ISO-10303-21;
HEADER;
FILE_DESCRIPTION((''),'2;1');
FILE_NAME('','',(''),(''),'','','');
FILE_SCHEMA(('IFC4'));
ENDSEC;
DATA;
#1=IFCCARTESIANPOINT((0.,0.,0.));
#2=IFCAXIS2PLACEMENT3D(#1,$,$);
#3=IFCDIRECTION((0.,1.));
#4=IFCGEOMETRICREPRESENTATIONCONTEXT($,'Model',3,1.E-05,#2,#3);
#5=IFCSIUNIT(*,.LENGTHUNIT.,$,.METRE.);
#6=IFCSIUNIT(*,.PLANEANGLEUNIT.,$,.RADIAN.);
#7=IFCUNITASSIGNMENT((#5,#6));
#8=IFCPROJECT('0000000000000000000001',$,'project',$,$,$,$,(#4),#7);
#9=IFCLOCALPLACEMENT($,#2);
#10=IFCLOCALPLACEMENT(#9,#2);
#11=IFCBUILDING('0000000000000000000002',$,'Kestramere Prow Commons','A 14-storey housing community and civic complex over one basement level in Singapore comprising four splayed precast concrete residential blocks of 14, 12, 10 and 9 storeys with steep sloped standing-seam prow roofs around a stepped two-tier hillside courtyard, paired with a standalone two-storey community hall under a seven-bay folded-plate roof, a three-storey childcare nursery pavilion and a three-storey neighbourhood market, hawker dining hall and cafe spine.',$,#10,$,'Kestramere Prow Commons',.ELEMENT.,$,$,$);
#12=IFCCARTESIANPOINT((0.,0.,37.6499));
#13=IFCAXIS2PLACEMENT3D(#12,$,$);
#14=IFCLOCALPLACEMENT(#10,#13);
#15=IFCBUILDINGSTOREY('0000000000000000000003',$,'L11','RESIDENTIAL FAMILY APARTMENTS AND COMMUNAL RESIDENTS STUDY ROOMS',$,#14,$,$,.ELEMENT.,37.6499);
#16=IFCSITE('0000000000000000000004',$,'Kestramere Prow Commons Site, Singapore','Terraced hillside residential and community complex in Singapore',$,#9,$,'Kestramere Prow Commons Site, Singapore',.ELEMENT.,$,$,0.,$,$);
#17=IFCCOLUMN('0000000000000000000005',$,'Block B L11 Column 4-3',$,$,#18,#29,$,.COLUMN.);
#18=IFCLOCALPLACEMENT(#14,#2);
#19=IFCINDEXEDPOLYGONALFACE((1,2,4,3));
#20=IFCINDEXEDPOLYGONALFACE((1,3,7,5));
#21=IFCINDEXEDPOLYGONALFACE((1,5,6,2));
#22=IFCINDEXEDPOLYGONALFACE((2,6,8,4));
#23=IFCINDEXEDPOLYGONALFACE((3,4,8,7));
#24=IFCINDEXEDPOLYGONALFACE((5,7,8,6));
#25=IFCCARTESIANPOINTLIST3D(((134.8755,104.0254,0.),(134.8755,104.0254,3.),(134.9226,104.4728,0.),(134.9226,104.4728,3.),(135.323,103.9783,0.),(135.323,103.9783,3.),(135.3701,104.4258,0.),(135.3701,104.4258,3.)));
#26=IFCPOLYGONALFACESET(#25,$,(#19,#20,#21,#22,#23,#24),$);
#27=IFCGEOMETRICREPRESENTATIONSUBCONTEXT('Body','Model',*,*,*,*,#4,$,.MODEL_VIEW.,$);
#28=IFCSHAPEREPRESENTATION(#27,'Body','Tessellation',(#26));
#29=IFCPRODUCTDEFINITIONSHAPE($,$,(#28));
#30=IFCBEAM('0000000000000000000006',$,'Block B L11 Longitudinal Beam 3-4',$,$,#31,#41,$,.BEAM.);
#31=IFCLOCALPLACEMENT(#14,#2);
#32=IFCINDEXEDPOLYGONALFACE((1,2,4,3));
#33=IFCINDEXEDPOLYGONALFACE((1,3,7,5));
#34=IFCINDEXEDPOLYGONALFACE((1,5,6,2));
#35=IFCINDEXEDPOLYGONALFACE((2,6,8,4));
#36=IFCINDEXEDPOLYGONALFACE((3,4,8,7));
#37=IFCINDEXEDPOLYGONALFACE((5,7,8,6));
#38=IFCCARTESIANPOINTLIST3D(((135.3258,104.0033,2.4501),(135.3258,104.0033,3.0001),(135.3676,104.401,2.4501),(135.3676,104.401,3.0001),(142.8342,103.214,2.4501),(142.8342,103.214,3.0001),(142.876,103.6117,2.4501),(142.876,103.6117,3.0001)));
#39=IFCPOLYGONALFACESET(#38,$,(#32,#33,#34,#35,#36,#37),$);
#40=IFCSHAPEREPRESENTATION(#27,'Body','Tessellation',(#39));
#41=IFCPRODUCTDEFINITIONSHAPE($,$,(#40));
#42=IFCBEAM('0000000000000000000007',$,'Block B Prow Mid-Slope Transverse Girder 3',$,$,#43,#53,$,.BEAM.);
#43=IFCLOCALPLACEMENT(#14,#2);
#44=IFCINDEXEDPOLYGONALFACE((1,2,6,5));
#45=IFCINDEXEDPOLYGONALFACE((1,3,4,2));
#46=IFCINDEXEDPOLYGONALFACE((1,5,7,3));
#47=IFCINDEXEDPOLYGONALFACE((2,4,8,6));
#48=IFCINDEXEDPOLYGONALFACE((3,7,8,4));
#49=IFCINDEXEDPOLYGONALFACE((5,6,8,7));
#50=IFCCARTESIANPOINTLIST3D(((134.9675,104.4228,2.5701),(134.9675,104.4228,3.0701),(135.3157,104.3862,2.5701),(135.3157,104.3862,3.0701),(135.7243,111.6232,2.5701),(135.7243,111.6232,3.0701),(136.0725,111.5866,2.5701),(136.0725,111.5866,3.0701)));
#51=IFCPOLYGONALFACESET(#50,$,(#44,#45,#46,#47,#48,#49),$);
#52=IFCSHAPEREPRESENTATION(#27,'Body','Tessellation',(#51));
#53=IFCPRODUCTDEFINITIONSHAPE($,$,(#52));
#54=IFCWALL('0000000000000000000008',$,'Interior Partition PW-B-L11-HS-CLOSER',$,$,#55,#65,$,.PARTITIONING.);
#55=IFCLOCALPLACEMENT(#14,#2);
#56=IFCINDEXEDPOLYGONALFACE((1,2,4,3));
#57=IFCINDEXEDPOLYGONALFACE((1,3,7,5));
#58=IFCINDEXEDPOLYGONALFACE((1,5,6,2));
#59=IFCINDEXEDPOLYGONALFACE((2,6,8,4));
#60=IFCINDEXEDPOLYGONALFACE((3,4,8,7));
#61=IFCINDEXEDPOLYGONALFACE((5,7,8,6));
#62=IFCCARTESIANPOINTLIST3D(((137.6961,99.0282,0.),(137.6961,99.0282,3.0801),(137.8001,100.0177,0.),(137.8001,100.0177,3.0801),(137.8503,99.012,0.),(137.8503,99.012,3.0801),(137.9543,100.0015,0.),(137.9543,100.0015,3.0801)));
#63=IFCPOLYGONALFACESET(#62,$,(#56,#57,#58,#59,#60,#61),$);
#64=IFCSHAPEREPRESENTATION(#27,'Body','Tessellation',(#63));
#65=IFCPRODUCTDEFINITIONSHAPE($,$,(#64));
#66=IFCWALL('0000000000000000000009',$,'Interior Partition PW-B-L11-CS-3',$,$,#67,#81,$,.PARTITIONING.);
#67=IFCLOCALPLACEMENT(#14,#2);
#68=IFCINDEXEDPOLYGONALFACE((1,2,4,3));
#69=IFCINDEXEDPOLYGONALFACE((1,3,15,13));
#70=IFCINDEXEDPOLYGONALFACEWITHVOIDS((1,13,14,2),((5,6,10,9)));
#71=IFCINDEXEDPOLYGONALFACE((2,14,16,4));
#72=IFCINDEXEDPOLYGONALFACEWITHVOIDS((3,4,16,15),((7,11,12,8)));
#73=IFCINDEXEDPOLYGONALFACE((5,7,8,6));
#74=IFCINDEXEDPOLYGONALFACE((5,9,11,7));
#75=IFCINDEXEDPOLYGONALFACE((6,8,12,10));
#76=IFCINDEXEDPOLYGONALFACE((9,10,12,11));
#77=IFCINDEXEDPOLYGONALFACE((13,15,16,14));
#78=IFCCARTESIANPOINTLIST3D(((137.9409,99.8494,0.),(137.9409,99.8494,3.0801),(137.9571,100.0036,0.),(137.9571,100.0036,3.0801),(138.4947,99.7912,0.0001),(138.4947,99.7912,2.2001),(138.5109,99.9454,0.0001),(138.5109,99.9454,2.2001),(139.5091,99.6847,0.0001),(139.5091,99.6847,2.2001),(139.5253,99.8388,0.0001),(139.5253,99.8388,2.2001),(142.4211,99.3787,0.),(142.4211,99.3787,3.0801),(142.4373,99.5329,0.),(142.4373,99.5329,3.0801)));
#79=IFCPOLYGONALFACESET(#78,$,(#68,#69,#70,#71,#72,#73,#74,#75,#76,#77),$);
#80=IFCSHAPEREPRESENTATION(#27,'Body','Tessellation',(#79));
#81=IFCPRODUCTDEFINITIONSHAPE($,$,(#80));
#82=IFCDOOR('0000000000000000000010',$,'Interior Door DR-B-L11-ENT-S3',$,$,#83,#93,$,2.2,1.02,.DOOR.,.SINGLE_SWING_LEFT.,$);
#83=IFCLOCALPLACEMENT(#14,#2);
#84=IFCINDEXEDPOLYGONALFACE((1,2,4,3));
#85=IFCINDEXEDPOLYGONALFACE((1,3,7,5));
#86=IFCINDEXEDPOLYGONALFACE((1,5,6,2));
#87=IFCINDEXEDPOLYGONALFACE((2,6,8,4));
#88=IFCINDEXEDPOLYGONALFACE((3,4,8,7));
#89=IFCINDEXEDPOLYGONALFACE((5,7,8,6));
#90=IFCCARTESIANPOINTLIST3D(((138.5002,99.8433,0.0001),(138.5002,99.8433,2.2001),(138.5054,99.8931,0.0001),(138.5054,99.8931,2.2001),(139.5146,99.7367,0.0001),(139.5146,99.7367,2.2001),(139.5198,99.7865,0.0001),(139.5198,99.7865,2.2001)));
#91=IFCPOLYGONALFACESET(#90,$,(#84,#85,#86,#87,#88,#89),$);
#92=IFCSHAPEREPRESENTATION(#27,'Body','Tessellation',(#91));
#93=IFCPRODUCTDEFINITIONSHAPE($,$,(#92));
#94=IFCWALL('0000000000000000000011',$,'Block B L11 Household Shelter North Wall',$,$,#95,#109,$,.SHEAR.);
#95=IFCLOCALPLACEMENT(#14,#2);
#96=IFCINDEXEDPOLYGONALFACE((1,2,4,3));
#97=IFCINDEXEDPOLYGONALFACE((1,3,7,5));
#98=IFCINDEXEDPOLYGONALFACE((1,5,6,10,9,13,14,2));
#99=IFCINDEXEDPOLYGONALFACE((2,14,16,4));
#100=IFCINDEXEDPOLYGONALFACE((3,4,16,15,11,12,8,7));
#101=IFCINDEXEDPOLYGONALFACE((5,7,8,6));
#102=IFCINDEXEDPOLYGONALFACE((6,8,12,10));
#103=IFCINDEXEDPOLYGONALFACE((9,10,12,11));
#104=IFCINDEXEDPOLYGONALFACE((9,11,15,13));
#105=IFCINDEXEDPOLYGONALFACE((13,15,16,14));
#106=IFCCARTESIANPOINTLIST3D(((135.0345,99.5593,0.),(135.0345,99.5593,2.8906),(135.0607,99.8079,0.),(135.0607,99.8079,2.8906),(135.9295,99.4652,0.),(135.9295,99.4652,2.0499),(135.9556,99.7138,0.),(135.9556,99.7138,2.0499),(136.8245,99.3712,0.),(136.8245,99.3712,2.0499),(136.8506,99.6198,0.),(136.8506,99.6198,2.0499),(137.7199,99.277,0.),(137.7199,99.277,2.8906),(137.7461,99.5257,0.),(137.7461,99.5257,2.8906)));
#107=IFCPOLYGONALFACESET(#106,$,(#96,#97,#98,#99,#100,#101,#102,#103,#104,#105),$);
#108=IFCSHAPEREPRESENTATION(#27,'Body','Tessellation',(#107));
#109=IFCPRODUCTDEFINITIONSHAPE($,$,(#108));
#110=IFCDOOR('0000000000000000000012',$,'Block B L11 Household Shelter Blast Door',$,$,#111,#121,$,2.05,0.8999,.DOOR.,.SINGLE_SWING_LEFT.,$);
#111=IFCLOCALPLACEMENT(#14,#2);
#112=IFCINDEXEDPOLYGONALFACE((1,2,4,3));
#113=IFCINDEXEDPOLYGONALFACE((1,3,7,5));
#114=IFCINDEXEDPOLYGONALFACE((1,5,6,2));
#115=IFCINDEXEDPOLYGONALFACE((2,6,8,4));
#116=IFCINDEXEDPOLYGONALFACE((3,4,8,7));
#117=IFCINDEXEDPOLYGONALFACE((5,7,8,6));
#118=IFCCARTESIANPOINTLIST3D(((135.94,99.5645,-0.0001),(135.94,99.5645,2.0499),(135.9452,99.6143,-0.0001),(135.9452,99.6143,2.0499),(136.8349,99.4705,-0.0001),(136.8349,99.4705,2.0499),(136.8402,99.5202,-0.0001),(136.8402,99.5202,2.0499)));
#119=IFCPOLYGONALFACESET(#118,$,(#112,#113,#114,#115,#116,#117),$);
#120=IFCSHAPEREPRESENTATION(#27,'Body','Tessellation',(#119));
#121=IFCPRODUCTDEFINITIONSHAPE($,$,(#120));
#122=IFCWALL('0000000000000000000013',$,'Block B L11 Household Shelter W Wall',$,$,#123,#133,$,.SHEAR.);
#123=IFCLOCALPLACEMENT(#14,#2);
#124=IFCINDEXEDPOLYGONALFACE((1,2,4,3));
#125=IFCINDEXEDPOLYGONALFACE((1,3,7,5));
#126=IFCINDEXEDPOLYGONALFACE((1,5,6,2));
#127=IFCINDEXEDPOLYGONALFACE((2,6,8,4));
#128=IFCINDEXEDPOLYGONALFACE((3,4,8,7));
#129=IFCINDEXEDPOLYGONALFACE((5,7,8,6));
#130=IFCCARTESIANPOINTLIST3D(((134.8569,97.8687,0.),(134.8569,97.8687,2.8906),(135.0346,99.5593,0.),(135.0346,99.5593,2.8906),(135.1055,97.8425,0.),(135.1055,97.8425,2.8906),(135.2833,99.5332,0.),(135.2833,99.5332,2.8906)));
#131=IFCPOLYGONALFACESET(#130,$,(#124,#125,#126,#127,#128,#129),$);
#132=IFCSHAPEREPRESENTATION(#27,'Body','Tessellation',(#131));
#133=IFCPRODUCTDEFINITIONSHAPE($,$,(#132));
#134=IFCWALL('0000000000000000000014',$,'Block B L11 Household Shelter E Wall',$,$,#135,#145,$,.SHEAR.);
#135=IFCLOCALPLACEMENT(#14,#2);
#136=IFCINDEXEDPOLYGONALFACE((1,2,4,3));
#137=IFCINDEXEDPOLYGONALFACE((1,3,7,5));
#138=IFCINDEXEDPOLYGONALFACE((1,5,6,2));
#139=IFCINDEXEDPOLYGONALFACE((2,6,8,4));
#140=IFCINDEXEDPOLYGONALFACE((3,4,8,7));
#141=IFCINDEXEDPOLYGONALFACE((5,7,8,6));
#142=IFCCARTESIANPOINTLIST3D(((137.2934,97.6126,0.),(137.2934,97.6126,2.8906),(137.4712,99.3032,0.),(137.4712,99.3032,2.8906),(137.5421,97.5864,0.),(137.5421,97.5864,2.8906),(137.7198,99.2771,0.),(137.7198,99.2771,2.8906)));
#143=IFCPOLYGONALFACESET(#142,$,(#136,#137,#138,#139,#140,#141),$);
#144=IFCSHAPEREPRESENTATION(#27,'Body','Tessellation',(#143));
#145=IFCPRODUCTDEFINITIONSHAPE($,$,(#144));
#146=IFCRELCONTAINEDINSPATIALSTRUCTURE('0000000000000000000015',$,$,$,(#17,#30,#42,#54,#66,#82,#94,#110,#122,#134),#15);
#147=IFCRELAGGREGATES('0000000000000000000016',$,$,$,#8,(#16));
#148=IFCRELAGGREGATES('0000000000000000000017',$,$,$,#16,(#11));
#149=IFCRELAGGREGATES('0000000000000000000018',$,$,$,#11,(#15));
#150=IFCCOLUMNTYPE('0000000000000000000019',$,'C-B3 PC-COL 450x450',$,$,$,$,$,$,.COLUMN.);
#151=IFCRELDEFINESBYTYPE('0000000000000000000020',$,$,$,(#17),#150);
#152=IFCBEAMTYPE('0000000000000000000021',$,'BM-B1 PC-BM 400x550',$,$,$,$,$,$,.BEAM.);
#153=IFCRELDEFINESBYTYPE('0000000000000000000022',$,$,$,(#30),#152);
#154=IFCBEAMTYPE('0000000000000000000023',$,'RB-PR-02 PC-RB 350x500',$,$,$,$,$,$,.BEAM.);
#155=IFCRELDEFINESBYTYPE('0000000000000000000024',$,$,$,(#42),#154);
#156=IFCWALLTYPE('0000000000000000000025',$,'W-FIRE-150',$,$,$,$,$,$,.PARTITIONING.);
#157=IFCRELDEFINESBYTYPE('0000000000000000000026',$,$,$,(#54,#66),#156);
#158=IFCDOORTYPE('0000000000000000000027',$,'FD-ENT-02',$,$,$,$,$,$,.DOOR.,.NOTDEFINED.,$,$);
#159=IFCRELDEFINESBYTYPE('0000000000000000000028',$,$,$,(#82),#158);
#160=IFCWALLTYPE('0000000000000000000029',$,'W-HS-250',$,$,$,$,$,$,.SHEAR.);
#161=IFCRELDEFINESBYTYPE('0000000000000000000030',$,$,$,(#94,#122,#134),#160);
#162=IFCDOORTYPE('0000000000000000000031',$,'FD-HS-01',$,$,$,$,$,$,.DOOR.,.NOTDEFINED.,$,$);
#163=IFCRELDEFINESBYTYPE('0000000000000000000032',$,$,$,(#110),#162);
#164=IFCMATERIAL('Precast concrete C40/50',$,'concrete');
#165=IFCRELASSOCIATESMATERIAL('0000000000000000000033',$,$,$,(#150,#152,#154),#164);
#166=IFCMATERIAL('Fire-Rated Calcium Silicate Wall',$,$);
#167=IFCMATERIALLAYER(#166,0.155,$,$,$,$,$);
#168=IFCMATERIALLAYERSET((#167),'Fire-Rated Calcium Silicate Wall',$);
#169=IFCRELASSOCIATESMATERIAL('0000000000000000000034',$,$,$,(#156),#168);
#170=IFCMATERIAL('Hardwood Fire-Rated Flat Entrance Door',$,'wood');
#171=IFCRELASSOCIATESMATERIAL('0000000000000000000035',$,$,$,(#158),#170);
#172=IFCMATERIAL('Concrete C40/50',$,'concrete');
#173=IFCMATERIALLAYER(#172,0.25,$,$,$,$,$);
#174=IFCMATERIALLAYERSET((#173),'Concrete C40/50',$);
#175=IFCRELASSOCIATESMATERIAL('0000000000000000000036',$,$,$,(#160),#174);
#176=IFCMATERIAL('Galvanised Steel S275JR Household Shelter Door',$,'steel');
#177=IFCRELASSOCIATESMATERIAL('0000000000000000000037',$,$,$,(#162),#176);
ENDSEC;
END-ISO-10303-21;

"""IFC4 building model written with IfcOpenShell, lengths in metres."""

from ifc_helpers import new_model, si_unit, direction, frame, frame_2d, origin, origin_2d, place, context, subcontext, project, spatial, rectangle, extrude, material, layer, layer_set, material_profile, profile_set, type_object, element, fill, save


model = new_model("IFC4")

# Units and contexts
model_context = context("Model", 3, precision=1e-05, world=origin(), true_north=direction((0.0, 1.0)))
body_context = subcontext(model_context, "Body", "Model", "MODEL_VIEW")
ifc_project = project(units=[si_unit("LENGTHUNIT", "METRE"), si_unit("PLANEANGLEUNIT", "RADIAN")], contexts=[model_context])

# Site, building, storey
site_placement = place(None, origin())
site = spatial("IfcSite", under=ifc_project, at=site_placement, Name="Kestramere Prow Commons Site, Singapore", Description="Terraced hillside residential and community complex in Singapore", LongName="Kestramere Prow Commons Site, Singapore", CompositionType="ELEMENT", RefElevation=0.0)
building_placement = place(site_placement, origin())
building = spatial("IfcBuilding", under=site, at=building_placement, Name="Kestramere Prow Commons", Description="A 14-storey housing community and civic complex over one basement level in Singapore comprising four splayed precast concrete residential blocks of 14, 12, 10 and 9 storeys with steep sloped standing-seam prow roofs around a stepped two-tier hillside courtyard, paired with a standalone two-storey community hall under a seven-bay folded-plate roof, a three-storey childcare nursery pavilion and a three-storey neighbourhood market, hawker dining hall and cafe spine.", LongName="Kestramere Prow Commons", CompositionType="ELEMENT")
storey_placement = place(building_placement, frame((0.0, 0.0, 37.6499)))
storey = spatial("IfcBuildingStorey", under=building, at=storey_placement, Name="L11", Description="RESIDENTIAL FAMILY APARTMENTS AND COMMUNAL RESIDENTS STUDY ROOMS", CompositionType="ELEMENT", Elevation=37.6499)

# Column
ifc_material_1 = material(Name="Precast concrete C40/50", Category="concrete")
ifc_material_profile_1 = material_profile(ifc_material_1, rectangle(XDim=0.45, YDim=0.45, at=origin_2d()), Name="PC-COL 450x450")
ifc_profile_set_1 = profile_set([ifc_material_profile_1], Name="Precast concrete C40/50")
column_type = type_object("IfcColumnType", Name="C-B3 PC-COL 450x450", PredefinedType="COLUMN", material=ifc_profile_set_1)
column_placement = place(storey_placement, frame((135.1228, 104.2256, 0.0), z_axis=(0.0, 0.0, 1.0), x_axis=(0.994522, -0.104528, 0.0)))
element("IfcColumn", 1, at=column_placement, inside=storey, type_object=column_type, Name="Block B L11 Column 4-3", PredefinedType="COLUMN", context=body_context, shape_type="SweptSolid", body=[
    extrude(rectangle(XDim=0.45, YDim=0.45, at=origin_2d()), origin(), (0.0, 0.0, 1.0), 3.0),
])

# Beams
ifc_material_profile_2 = material_profile(ifc_material_1, rectangle(XDim=0.3999, YDim=0.55, at=origin_2d()), Name="PC-BM 400x550")
ifc_profile_set_2 = profile_set([ifc_material_profile_2], Name="Precast concrete C40/50")
beam_type_1 = type_object("IfcBeamType", Name="BM-B1 PC-BM 400x550", PredefinedType="BEAM", material=ifc_profile_set_2)
beam_1_placement = place(storey_placement, frame((135.3467, 104.2021, 2.7251), z_axis=(0.99452, -0.104545, 0.0), x_axis=(0.104545, 0.99452, 0.0)))
element("IfcBeam", 2, at=beam_1_placement, inside=storey, type_object=beam_type_1, Name="Block B L11 Longitudinal Beam 3-4", PredefinedType="BEAM", context=body_context, shape_type="SweptSolid", body=[
    extrude(rectangle(XDim=0.3999, YDim=0.55, at=origin_2d()), origin(), (0.0, 0.0, 1.0), 7.5498),
])
ifc_material_profile_3 = material_profile(ifc_material_1, rectangle(XDim=0.3501, YDim=0.5, at=origin_2d()), Name="PC-RB 350x500")
ifc_profile_set_3 = profile_set([ifc_material_profile_3], Name="Precast concrete C40/50")
beam_type_2 = type_object("IfcBeamType", Name="RB-PR-02 PC-RB 350x500", PredefinedType="BEAM", material=ifc_profile_set_3)
beam_2_placement = place(storey_placement, frame((135.1416, 104.4045, 2.8201), z_axis=(0.104534, 0.994521, 0.0), x_axis=(-0.994521, 0.104534, 0.0)))
element("IfcBeam", 3, at=beam_2_placement, inside=storey, type_object=beam_type_2, Name="Block B Prow Mid-Slope Transverse Girder 3", PredefinedType="BEAM", context=body_context, shape_type="SweptSolid", body=[
    extrude(rectangle(XDim=0.3501, YDim=0.5, at=origin_2d()), origin(), (0.0, 0.0, 1.0), 7.24),
])

# Shared definitions
ifc_material_2 = material(Name="Concrete C40/50", Category="concrete")

# Wall
ifc_material_3 = material(Name="Fire-Rated Calcium Silicate Wall")
ifc_layer_1 = layer(ifc_material_3, 0.155)
ifc_layer_set_1 = layer_set([ifc_layer_1], Name="Fire-Rated Calcium Silicate Wall")
wall_type_1 = type_object("IfcWallType", Name="W-FIRE-150", PredefinedType="PARTITIONING", material=ifc_layer_set_1)
wall_1_placement = place(storey_placement, frame((137.7732, 99.02, 0.0), z_axis=(0.0, 0.0, 1.0), x_axis=(0.104532, 0.994522, 0.0)))
element("IfcWall", 4, at=wall_1_placement, inside=storey, type_object=wall_type_1, Name="Interior Partition PW-B-L11-HS-CLOSER", PredefinedType="PARTITIONING", context=body_context, shape_type="SweptSolid", body=[
    extrude(rectangle(XDim=0.9949, YDim=0.155, at=frame_2d((0.4976, 0.0))), origin(), (0.0, 0.0, 1.0), 3.0801),
])

# Walls, openings, doors
wall_2_placement = place(storey_placement, frame((137.949, 99.9265, 0.0), z_axis=(0.0, 0.0, 1.0), x_axis=(0.994526, -0.104487, 0.0)))
wall_2 = element("IfcWall", 5, at=wall_2_placement, inside=storey, type_object=wall_type_1, Name="Interior Partition PW-B-L11-CS-3", PredefinedType="PARTITIONING", context=body_context, shape_type="SweptSolid", body=[
    extrude(rectangle(XDim=4.5049, YDim=0.155, at=frame_2d((2.2524, 0.0))), origin(), (0.0, 0.0, 1.0), 3.0801),
])
opening_1_placement = place(wall_2_placement, frame((0.5569, 0.0, 0.0)))
opening_1 = element("IfcOpeningElement", 6, at=opening_1_placement, cuts=wall_2, PredefinedType="OPENING", context=body_context, shape_type="SweptSolid", body=[
    extrude(rectangle(XDim=1.02, YDim=2.2, at=frame_2d((0.51, 1.1001))), frame((0.0, 0.0925, 0.0), z_axis=(0.0, -1.0, 0.0), x_axis=(1.0, 0.0, 0.0)), (0.0, 0.0, 1.0), 0.1851),
])
ifc_material_4 = material(Name="Hardwood Fire-Rated Flat Entrance Door", Category="wood")
door_type_1 = type_object("IfcDoorType", Name="FD-ENT-02", OperationType="NOTDEFINED", PredefinedType="DOOR", material=ifc_material_4)
door_1_placement = place(opening_1_placement, origin())
door_1 = element("IfcDoor", 7, at=door_1_placement, inside=storey, type_object=door_type_1, Name="Interior Door DR-B-L11-ENT-S3", OperationType="SINGLE_SWING_LEFT", OverallHeight=2.2, OverallWidth=1.02, PredefinedType="DOOR", context=body_context, shape_type="SweptSolid", body=[
    extrude(rectangle(XDim=1.02, YDim=2.2, at=frame_2d((0.51, 1.1001))), frame((0.0, 0.0249, 0.0), z_axis=(0.0, -1.0, 0.0), x_axis=(1.0, 0.0, 0.0)), (0.0, 0.0, 1.0), 0.05),
])
fill(opening_1, door_1)
ifc_layer_2 = layer(ifc_material_2, 0.25)
ifc_layer_set_2 = layer_set([ifc_layer_2], Name="Concrete C40/50")
wall_type_2 = type_object("IfcWallType", Name="W-HS-250", PredefinedType="SHEAR", material=ifc_layer_set_2)
wall_3_placement = place(storey_placement, frame((135.0476, 99.6836, 0.0), z_axis=(0.0, 0.0, 1.0), x_axis=(0.994522, -0.104525, 0.0)))
wall_3 = element("IfcWall", 8, at=wall_3_placement, inside=storey, type_object=wall_type_2, Name="Block B L11 Household Shelter North Wall", PredefinedType="SHEAR", context=body_context, shape_type="SweptSolid", body=[
    extrude(rectangle(XDim=2.7002, YDim=0.25, at=frame_2d((1.3501, 0.0))), origin(), (0.0, 0.0, 1.0), 2.8906),
])
opening_2_placement = place(wall_3_placement, frame((0.8999, 0.0, 0.0)))
opening_2 = element("IfcOpeningElement", 9, at=opening_2_placement, cuts=wall_3, PredefinedType="OPENING", context=body_context, shape_type="SweptSolid", body=[
    extrude(rectangle(XDim=0.8999, YDim=2.05, at=frame_2d((0.45, 1.0249))), frame((0.0, 0.1399, 0.0), z_axis=(0.0, -1.0, 0.0), x_axis=(1.0, 0.0, 0.0)), (0.0, 0.0, 1.0), 0.28),
])
ifc_material_5 = material(Name="Galvanised Steel S275JR Household Shelter Door", Category="steel")
door_type_2 = type_object("IfcDoorType", Name="FD-HS-01", OperationType="NOTDEFINED", PredefinedType="DOOR", material=ifc_material_5)
door_2_placement = place(opening_2_placement, origin())
door_2 = element("IfcDoor", 10, at=door_2_placement, inside=storey, type_object=door_type_2, Name="Block B L11 Household Shelter Blast Door", OperationType="SINGLE_SWING_LEFT", OverallHeight=2.05, OverallWidth=0.8999, PredefinedType="DOOR", context=body_context, shape_type="SweptSolid", body=[
    extrude(rectangle(XDim=0.8999, YDim=2.05, at=frame_2d((0.45, 1.0249))), frame((0.0, 0.0249, 0.0), z_axis=(0.0, -1.0, 0.0), x_axis=(1.0, 0.0, 0.0)), (0.0, 0.0, 1.0), 0.05),
])
fill(opening_2, door_2)

# Walls
for number, where, z_axis, x_axis, name in (
    (11, (134.9812, 97.8555, 0.0), (0.0, 0.0, 1.0), (0.10455, 0.99452, 0.0), "Block B L11 Household Shelter W Wall"),
    (12, (137.4177, 97.5994, 0.0), (0.0, 0.0, 1.0), (0.10455, 0.99452, 0.0), "Block B L11 Household Shelter E Wall"),
):
    element("IfcWall", number, at=place(storey_placement, frame(where, z_axis=z_axis, x_axis=x_axis)), inside=storey, type_object=wall_type_2, Name=name, PredefinedType="SHEAR", context=body_context, shape_type="SweptSolid", body=[
        extrude(rectangle(XDim=1.7, YDim=0.25, at=frame_2d((0.8501, 0.0))), origin(), (0.0, 0.0, 1.0), 2.8906),
    ])

save(model, "model.ifc")
